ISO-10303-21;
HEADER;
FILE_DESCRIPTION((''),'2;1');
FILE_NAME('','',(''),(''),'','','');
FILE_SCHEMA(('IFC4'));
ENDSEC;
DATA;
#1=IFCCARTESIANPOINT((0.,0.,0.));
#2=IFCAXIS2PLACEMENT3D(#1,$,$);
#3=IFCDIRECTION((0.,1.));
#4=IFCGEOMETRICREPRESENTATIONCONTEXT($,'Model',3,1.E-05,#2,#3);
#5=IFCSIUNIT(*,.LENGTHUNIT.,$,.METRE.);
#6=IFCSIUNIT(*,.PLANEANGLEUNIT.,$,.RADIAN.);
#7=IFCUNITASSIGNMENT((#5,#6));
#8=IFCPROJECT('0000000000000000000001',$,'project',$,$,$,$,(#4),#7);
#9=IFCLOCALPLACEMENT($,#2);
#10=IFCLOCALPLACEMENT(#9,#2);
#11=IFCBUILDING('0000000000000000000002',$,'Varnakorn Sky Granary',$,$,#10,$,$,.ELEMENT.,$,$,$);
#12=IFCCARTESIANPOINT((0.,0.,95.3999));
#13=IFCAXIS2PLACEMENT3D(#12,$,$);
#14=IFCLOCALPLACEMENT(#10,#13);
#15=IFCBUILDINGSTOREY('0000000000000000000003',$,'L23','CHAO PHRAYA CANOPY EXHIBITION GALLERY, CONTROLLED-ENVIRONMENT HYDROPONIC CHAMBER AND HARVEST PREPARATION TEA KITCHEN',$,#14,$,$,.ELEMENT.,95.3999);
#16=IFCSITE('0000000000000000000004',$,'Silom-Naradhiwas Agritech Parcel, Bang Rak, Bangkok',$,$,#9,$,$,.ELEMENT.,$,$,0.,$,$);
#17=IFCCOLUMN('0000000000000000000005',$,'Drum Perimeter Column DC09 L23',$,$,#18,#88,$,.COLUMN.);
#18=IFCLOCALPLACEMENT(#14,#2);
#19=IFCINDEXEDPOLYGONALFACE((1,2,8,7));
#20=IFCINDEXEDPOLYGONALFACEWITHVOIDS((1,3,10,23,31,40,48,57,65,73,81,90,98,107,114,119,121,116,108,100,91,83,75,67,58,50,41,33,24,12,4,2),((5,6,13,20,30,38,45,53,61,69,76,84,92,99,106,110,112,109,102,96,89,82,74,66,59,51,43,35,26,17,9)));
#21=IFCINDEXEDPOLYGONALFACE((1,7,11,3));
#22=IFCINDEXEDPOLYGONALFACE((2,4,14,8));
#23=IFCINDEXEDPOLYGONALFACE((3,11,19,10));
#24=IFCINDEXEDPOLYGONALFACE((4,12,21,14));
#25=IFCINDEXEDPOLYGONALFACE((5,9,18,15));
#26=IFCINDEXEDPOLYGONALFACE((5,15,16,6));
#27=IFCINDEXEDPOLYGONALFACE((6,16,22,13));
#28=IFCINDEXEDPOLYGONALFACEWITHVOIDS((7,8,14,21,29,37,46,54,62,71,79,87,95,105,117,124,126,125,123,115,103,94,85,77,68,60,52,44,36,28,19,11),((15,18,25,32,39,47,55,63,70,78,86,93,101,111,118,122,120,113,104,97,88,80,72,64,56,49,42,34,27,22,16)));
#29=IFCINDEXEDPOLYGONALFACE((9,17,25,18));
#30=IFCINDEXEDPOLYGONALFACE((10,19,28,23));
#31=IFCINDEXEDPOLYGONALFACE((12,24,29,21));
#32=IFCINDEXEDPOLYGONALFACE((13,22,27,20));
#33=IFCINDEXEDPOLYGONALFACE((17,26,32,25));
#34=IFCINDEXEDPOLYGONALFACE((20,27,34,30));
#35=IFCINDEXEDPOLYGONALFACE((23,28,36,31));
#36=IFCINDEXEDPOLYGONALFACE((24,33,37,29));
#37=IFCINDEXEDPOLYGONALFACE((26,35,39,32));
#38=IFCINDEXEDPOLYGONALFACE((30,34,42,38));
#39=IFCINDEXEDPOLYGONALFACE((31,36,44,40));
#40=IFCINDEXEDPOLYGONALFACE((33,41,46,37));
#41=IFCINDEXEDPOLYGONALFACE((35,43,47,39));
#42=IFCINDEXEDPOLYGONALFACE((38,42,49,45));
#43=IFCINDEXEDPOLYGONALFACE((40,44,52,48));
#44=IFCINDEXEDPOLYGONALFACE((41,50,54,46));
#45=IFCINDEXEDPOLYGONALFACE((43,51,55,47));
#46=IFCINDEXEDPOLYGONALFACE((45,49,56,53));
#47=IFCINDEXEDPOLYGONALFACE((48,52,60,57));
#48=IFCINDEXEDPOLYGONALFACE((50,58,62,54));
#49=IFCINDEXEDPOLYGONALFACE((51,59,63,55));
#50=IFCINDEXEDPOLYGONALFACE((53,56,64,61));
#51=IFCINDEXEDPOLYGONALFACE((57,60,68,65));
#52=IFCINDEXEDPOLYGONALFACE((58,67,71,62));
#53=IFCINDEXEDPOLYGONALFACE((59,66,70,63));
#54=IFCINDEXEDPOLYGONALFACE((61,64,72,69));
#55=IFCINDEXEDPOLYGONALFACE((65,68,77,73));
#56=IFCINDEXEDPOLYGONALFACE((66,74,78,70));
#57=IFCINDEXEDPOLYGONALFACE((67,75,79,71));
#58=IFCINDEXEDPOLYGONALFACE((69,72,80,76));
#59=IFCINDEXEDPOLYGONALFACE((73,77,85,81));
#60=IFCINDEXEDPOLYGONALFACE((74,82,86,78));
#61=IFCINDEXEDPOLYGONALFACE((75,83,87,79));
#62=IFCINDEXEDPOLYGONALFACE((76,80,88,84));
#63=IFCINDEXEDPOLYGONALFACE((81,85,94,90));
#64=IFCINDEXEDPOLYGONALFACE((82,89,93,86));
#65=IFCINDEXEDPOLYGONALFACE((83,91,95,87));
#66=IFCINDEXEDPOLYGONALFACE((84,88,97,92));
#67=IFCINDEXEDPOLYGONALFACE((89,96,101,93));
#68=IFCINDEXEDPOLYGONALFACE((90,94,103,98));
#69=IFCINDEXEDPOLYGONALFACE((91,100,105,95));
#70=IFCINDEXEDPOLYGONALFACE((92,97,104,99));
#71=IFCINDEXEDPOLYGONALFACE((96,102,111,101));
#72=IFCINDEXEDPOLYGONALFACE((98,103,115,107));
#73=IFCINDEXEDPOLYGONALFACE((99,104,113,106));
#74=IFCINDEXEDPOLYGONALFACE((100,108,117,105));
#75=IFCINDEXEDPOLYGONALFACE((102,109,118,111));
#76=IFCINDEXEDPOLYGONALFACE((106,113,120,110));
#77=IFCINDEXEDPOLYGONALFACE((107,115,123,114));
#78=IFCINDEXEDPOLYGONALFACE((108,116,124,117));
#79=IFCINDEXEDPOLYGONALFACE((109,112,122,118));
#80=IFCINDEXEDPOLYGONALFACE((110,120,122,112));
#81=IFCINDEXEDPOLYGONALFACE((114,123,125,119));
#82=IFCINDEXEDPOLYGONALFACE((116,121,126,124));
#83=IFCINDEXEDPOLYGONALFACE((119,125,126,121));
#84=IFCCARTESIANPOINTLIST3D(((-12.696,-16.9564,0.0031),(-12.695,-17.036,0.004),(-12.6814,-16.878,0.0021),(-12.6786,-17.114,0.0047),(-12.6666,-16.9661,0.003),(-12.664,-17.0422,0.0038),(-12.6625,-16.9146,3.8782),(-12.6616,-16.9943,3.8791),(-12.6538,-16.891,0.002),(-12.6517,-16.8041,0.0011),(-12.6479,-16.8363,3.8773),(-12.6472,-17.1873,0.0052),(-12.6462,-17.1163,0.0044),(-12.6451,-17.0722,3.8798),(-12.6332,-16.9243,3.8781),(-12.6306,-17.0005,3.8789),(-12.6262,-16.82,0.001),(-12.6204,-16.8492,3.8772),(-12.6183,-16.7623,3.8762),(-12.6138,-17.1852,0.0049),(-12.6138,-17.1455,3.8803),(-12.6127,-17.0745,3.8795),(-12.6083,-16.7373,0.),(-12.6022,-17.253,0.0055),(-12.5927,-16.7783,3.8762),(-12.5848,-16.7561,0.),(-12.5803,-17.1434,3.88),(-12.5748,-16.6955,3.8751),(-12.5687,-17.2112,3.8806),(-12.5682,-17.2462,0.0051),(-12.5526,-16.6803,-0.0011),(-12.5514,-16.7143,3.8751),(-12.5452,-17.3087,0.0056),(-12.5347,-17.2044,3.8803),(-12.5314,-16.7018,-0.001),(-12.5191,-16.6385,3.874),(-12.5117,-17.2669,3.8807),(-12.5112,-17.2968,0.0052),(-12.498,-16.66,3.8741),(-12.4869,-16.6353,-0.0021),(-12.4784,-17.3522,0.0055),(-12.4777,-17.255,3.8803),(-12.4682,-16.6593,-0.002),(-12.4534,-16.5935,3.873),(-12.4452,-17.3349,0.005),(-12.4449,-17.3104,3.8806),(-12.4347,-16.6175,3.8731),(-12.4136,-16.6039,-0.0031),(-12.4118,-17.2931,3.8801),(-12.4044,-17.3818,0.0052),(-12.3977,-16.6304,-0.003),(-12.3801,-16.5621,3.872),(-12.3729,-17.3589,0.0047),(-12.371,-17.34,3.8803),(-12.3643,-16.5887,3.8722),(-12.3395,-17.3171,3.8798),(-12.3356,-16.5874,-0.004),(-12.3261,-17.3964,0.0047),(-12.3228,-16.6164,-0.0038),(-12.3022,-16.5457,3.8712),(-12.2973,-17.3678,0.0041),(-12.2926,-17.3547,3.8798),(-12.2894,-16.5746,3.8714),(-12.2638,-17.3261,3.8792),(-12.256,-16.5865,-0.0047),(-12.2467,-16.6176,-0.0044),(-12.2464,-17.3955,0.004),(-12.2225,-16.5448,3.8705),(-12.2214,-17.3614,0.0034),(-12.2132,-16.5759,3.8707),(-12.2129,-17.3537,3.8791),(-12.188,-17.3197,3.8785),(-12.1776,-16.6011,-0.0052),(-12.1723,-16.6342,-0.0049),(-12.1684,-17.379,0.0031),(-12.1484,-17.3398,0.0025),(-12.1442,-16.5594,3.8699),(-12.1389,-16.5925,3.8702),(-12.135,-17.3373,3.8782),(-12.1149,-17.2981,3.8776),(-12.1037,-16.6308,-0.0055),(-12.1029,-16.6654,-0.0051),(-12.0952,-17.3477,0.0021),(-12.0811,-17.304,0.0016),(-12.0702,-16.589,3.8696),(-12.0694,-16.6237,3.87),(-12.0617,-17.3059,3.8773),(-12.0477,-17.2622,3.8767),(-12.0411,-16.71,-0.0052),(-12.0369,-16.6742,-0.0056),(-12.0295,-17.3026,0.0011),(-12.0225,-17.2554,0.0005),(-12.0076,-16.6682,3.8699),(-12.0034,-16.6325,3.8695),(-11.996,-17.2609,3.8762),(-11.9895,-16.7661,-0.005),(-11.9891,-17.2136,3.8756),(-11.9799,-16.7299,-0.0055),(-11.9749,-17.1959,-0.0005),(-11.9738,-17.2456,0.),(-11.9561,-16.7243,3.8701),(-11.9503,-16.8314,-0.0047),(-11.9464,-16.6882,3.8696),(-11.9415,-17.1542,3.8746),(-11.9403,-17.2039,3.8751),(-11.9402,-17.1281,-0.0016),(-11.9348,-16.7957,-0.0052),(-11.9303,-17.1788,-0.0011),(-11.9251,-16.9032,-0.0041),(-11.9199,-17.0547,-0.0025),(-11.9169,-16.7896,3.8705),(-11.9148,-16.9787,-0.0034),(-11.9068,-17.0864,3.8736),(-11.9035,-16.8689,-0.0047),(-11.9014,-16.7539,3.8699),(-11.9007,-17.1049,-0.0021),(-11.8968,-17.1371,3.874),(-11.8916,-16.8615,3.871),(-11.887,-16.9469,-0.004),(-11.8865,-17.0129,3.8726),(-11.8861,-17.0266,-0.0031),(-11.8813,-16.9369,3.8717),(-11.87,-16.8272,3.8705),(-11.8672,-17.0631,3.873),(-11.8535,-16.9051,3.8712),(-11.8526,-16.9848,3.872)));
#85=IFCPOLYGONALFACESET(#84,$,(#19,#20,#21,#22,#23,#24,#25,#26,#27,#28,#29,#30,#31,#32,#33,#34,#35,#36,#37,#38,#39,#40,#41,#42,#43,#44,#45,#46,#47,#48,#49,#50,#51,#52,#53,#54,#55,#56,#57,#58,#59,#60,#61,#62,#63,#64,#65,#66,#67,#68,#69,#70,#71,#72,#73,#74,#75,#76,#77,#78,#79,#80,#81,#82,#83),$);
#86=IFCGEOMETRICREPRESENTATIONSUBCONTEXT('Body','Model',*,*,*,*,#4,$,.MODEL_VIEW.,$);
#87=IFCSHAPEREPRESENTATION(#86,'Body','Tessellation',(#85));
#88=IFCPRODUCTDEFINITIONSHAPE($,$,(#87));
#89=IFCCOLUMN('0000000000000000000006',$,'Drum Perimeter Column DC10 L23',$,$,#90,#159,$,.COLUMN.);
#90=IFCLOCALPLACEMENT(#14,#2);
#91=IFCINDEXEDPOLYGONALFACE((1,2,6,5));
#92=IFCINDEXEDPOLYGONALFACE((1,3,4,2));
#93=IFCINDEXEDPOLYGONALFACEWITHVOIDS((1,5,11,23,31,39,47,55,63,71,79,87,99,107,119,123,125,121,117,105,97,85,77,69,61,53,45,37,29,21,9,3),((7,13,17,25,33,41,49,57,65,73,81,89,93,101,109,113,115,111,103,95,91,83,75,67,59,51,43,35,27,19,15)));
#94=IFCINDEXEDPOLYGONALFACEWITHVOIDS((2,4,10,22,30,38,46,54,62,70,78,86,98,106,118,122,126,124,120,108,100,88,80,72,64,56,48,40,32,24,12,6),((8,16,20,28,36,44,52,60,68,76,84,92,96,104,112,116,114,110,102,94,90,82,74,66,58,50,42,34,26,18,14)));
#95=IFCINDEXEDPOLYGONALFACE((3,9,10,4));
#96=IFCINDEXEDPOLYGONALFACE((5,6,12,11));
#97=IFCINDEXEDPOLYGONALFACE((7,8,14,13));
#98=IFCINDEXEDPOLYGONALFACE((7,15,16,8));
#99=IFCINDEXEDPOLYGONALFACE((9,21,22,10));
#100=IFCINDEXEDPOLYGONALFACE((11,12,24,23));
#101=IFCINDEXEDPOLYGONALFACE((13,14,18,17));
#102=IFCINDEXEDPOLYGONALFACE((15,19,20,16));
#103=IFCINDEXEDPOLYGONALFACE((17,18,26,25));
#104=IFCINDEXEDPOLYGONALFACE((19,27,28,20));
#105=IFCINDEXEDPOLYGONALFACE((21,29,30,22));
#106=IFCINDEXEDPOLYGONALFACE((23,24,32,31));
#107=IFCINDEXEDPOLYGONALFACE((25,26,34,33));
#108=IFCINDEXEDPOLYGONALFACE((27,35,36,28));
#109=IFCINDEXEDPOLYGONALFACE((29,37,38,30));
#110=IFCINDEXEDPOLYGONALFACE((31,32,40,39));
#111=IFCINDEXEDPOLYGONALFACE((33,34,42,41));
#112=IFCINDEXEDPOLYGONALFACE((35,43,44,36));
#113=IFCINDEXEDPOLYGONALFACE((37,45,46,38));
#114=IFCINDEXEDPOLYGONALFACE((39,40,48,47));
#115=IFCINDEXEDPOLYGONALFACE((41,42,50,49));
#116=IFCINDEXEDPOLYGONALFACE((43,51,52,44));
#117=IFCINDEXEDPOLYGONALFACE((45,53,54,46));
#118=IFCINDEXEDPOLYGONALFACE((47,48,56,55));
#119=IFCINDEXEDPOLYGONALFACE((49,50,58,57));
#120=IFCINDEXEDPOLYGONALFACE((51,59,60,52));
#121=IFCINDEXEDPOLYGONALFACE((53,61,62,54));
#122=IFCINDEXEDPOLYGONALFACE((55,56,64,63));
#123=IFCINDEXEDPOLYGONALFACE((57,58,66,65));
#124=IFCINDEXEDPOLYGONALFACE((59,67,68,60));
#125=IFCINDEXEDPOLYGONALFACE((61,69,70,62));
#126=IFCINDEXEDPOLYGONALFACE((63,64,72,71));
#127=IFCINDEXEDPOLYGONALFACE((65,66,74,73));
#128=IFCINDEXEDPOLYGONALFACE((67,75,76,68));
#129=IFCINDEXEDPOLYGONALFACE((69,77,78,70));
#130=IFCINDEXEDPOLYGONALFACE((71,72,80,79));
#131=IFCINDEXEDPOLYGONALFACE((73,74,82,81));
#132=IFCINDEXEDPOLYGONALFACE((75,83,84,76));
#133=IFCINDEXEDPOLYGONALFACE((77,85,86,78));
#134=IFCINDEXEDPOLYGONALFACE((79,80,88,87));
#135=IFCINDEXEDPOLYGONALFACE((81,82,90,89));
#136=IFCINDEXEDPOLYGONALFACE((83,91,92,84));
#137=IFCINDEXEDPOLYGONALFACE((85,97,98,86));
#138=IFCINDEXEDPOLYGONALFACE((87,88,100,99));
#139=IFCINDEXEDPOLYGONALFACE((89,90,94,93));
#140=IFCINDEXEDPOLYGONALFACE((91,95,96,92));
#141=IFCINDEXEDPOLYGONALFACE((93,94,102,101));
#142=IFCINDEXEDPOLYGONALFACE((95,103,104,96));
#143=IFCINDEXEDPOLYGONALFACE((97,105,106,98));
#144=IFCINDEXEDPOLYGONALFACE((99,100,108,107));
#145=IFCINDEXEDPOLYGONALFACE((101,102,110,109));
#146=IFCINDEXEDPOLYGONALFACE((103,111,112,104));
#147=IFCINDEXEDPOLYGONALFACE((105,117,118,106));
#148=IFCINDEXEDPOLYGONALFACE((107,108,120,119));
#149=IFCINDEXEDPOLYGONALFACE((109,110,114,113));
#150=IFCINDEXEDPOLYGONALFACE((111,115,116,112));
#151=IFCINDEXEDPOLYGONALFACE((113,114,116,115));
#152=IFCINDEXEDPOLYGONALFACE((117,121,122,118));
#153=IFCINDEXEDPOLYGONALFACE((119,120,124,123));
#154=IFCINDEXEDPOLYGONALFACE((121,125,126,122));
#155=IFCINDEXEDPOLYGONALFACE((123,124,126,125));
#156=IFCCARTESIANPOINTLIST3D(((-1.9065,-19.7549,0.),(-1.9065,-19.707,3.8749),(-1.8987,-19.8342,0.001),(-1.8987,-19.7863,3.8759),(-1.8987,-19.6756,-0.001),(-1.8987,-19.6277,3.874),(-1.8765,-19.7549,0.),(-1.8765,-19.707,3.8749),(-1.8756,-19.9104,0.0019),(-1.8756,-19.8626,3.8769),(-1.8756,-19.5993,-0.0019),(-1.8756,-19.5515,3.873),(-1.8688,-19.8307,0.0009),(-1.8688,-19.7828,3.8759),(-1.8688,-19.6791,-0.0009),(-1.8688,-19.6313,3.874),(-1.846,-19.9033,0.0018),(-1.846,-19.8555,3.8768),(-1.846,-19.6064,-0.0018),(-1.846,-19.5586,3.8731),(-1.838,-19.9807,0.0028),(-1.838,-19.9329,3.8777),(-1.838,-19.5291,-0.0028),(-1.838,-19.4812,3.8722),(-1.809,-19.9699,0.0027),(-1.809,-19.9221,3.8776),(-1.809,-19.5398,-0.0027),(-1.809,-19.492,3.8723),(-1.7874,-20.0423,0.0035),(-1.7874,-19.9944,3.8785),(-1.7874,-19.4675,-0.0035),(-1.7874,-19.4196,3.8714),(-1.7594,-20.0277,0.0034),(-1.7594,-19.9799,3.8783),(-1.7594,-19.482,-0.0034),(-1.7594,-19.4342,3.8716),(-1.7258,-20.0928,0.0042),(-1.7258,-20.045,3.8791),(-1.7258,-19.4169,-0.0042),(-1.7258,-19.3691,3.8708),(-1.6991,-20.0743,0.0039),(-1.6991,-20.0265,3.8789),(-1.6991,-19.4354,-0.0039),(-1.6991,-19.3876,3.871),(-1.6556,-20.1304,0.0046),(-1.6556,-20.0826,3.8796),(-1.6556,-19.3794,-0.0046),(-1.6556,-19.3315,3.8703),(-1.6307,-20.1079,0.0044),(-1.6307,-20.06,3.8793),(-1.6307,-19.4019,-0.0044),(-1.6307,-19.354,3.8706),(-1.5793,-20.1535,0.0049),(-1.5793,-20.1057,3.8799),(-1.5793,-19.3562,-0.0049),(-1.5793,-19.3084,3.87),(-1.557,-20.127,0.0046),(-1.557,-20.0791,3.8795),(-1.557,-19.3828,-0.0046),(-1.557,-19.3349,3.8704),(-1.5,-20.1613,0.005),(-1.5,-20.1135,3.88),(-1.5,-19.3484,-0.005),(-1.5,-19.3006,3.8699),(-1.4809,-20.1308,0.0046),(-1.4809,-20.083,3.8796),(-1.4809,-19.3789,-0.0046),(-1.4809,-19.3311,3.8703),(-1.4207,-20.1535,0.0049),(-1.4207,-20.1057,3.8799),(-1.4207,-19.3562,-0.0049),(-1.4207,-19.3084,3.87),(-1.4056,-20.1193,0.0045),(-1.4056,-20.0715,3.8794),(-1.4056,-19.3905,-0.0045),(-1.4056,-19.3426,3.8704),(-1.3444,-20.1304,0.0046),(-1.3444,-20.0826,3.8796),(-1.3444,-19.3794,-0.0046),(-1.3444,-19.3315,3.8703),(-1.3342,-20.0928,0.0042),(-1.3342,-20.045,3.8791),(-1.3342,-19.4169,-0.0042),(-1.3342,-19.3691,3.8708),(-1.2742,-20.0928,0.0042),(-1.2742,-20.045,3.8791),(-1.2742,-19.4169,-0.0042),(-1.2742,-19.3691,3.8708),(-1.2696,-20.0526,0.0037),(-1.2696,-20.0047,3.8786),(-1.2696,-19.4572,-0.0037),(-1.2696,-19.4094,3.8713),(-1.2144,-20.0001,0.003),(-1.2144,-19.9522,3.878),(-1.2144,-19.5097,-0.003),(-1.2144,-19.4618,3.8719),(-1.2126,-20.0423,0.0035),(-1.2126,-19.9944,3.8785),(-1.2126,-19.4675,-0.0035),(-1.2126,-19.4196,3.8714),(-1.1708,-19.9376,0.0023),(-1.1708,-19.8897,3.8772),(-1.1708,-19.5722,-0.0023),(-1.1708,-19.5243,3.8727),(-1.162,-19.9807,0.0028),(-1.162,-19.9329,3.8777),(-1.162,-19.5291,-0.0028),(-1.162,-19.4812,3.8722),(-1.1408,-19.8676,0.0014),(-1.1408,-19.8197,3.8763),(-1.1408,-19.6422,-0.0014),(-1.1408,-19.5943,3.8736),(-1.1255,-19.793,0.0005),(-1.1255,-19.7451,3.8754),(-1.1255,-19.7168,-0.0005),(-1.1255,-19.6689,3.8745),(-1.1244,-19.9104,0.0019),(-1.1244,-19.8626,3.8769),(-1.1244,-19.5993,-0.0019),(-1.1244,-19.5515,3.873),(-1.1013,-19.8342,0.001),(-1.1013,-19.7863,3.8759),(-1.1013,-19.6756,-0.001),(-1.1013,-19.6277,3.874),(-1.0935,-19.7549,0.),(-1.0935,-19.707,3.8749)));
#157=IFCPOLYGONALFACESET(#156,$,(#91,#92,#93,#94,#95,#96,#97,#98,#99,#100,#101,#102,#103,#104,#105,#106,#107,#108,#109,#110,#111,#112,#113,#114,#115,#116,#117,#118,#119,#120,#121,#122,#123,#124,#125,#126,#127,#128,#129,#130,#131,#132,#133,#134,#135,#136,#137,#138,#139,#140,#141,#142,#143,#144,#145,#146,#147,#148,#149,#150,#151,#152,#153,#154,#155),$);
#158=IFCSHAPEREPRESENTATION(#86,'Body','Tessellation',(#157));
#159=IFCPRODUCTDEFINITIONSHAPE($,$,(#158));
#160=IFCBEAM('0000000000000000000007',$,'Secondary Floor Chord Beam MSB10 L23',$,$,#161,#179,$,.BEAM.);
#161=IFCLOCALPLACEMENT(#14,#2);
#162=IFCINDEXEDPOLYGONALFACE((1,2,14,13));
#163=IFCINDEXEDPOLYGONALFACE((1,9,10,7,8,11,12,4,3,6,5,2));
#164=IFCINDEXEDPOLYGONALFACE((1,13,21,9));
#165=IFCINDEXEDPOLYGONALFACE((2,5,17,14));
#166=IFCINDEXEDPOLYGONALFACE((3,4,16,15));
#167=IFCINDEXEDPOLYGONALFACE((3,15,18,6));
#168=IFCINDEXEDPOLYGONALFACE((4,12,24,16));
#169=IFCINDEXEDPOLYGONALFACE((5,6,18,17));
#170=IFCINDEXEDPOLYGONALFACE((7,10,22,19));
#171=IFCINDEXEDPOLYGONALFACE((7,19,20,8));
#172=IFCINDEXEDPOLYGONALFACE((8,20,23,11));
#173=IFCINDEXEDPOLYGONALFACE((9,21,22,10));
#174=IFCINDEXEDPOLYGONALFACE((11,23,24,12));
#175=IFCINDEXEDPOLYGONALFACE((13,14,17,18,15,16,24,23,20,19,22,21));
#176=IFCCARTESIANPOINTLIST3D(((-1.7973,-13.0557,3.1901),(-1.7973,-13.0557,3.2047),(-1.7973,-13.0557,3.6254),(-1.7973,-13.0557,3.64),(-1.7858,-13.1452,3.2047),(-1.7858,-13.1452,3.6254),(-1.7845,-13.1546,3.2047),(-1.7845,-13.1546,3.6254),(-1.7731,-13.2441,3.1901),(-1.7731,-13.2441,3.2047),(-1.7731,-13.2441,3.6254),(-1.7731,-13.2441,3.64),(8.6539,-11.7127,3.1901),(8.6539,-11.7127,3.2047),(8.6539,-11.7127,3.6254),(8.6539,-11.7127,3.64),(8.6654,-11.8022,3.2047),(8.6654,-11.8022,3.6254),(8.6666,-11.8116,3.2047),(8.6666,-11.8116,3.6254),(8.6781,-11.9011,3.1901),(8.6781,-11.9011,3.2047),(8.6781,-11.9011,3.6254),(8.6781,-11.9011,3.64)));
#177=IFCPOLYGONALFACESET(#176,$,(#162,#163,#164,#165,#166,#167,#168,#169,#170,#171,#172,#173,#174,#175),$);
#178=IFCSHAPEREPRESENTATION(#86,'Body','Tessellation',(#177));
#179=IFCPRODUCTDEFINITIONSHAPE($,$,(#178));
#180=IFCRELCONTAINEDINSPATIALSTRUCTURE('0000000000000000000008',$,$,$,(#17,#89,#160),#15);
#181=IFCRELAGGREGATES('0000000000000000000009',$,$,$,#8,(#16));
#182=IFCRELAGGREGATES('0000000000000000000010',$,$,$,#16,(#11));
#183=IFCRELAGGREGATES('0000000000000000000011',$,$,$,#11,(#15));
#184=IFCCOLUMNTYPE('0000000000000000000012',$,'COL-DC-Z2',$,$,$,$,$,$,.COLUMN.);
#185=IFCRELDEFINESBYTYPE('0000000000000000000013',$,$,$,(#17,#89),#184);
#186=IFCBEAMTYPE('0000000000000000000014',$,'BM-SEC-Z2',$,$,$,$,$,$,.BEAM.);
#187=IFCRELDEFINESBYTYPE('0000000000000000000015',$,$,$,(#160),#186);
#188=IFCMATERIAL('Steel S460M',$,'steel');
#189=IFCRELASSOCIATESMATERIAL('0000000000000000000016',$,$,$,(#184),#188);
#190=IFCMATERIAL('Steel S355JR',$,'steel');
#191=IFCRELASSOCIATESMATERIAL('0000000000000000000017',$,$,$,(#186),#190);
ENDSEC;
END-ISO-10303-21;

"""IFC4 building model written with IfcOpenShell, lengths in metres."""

from ifc_helpers import new_model, si_unit, direction, frame, origin, origin_2d, place, context, subcontext, project, spatial, hollow_circle, i_section, extrude, material, material_profile, profile_set, type_object, element, save


model = new_model("IFC4")

# Units and contexts
model_context = context("Model", 3, precision=1e-05, world=origin(), true_north=direction((0.0, 1.0)))
body_context = subcontext(model_context, "Body", "Model", "MODEL_VIEW")
ifc_project = project(units=[si_unit("LENGTHUNIT", "METRE"), si_unit("PLANEANGLEUNIT", "RADIAN")], contexts=[model_context])

# Site, building, storey
site_placement = place(None, origin())
site = spatial("IfcSite", under=ifc_project, at=site_placement, Name="Silom-Naradhiwas Agritech Parcel, Bang Rak, Bangkok", CompositionType="ELEMENT", RefElevation=0.0)
building_placement = place(site_placement, origin())
building = spatial("IfcBuilding", under=site, at=building_placement, Name="Varnakorn Sky Granary", CompositionType="ELEMENT")
storey_placement = place(building_placement, frame((0.0, 0.0, 95.3999)))
storey = spatial("IfcBuildingStorey", under=building, at=storey_placement, Name="L23", Description="CHAO PHRAYA CANOPY EXHIBITION GALLERY, CONTROLLED-ENVIRONMENT HYDROPONIC CHAMBER AND HARVEST PREPARATION TEA KITCHEN", CompositionType="ELEMENT", Elevation=95.3999)

# Columns
ifc_material_1 = material(Name="Steel S460M", Category="steel")
ifc_material_profile_1 = material_profile(ifc_material_1, hollow_circle(Radius=0.4065, WallThickness=0.03, at=origin_2d()), Name="CHS 813x30")
ifc_profile_set_1 = profile_set([ifc_material_profile_1], Name="Steel S460M")
column_type = type_object("IfcColumnType", Name="COL-DC-Z2", PredefinedType="COLUMN", material=ifc_profile_set_1)
column_1_placement = place(storey_placement, frame((-12.291, -16.9915, 0.0), z_axis=(0.008631, 0.010773, 0.999905), x_axis=(-0.780423, 0.625251, 0.0)))
element("IfcColumn", 1, at=column_1_placement, inside=storey, type_object=column_type, Name="Drum Perimeter Column DC09 L23", PredefinedType="COLUMN", context=body_context, shape_type="SweptSolid", body=[
    extrude(hollow_circle(Radius=0.4065, WallThickness=0.03, at=origin_2d()), origin(), (0.0, 0.0, 1.0), 3.8755),
])
column_2_placement = place(storey_placement, frame((-1.5, -19.7549, 0.0), z_axis=(0.0, 0.012348, 0.999924), x_axis=(-1.0, 0.0, 0.0)))
element("IfcColumn", 2, at=column_2_placement, inside=storey, type_object=column_type, Name="Drum Perimeter Column DC10 L23", PredefinedType="COLUMN", context=body_context, shape_type="SweptSolid", body=[
    extrude(hollow_circle(Radius=0.4065, WallThickness=0.03, at=origin_2d()), origin(), (0.0, 0.0, 1.0), 3.8752),
])

# Beam
ifc_material_2 = material(Name="Steel S355JR", Category="steel")
ifc_material_profile_2 = material_profile(ifc_material_2, i_section(OverallWidth=0.1899, OverallDepth=0.45, WebThickness=0.0095, FlangeThickness=0.0146, at=origin_2d()), Name="IPE 450")
ifc_profile_set_2 = profile_set([ifc_material_profile_2], Name="Steel S355JR")
beam_type_1 = type_object("IfcBeamType", Name="BM-SEC-Z2", PredefinedType="BEAM", material=ifc_profile_set_2)
beam_placement = place(storey_placement, frame((-1.7852, -13.1499, 3.415), z_axis=(0.991844, 0.127456, 0.0), x_axis=(-0.127456, 0.991844, 0.0)))
element("IfcBeam", 3, at=beam_placement, inside=storey, type_object=beam_type_1, Name="Secondary Floor Chord Beam MSB10 L23", PredefinedType="BEAM", context=body_context, shape_type="SweptSolid", body=[
    extrude(i_section(OverallWidth=0.1899, OverallDepth=0.45, WebThickness=0.0095, FlangeThickness=0.0146, at=origin_2d()), origin(), (0.0, 0.0, 1.0), 10.5371),
])

save(model, "model.ifc")
